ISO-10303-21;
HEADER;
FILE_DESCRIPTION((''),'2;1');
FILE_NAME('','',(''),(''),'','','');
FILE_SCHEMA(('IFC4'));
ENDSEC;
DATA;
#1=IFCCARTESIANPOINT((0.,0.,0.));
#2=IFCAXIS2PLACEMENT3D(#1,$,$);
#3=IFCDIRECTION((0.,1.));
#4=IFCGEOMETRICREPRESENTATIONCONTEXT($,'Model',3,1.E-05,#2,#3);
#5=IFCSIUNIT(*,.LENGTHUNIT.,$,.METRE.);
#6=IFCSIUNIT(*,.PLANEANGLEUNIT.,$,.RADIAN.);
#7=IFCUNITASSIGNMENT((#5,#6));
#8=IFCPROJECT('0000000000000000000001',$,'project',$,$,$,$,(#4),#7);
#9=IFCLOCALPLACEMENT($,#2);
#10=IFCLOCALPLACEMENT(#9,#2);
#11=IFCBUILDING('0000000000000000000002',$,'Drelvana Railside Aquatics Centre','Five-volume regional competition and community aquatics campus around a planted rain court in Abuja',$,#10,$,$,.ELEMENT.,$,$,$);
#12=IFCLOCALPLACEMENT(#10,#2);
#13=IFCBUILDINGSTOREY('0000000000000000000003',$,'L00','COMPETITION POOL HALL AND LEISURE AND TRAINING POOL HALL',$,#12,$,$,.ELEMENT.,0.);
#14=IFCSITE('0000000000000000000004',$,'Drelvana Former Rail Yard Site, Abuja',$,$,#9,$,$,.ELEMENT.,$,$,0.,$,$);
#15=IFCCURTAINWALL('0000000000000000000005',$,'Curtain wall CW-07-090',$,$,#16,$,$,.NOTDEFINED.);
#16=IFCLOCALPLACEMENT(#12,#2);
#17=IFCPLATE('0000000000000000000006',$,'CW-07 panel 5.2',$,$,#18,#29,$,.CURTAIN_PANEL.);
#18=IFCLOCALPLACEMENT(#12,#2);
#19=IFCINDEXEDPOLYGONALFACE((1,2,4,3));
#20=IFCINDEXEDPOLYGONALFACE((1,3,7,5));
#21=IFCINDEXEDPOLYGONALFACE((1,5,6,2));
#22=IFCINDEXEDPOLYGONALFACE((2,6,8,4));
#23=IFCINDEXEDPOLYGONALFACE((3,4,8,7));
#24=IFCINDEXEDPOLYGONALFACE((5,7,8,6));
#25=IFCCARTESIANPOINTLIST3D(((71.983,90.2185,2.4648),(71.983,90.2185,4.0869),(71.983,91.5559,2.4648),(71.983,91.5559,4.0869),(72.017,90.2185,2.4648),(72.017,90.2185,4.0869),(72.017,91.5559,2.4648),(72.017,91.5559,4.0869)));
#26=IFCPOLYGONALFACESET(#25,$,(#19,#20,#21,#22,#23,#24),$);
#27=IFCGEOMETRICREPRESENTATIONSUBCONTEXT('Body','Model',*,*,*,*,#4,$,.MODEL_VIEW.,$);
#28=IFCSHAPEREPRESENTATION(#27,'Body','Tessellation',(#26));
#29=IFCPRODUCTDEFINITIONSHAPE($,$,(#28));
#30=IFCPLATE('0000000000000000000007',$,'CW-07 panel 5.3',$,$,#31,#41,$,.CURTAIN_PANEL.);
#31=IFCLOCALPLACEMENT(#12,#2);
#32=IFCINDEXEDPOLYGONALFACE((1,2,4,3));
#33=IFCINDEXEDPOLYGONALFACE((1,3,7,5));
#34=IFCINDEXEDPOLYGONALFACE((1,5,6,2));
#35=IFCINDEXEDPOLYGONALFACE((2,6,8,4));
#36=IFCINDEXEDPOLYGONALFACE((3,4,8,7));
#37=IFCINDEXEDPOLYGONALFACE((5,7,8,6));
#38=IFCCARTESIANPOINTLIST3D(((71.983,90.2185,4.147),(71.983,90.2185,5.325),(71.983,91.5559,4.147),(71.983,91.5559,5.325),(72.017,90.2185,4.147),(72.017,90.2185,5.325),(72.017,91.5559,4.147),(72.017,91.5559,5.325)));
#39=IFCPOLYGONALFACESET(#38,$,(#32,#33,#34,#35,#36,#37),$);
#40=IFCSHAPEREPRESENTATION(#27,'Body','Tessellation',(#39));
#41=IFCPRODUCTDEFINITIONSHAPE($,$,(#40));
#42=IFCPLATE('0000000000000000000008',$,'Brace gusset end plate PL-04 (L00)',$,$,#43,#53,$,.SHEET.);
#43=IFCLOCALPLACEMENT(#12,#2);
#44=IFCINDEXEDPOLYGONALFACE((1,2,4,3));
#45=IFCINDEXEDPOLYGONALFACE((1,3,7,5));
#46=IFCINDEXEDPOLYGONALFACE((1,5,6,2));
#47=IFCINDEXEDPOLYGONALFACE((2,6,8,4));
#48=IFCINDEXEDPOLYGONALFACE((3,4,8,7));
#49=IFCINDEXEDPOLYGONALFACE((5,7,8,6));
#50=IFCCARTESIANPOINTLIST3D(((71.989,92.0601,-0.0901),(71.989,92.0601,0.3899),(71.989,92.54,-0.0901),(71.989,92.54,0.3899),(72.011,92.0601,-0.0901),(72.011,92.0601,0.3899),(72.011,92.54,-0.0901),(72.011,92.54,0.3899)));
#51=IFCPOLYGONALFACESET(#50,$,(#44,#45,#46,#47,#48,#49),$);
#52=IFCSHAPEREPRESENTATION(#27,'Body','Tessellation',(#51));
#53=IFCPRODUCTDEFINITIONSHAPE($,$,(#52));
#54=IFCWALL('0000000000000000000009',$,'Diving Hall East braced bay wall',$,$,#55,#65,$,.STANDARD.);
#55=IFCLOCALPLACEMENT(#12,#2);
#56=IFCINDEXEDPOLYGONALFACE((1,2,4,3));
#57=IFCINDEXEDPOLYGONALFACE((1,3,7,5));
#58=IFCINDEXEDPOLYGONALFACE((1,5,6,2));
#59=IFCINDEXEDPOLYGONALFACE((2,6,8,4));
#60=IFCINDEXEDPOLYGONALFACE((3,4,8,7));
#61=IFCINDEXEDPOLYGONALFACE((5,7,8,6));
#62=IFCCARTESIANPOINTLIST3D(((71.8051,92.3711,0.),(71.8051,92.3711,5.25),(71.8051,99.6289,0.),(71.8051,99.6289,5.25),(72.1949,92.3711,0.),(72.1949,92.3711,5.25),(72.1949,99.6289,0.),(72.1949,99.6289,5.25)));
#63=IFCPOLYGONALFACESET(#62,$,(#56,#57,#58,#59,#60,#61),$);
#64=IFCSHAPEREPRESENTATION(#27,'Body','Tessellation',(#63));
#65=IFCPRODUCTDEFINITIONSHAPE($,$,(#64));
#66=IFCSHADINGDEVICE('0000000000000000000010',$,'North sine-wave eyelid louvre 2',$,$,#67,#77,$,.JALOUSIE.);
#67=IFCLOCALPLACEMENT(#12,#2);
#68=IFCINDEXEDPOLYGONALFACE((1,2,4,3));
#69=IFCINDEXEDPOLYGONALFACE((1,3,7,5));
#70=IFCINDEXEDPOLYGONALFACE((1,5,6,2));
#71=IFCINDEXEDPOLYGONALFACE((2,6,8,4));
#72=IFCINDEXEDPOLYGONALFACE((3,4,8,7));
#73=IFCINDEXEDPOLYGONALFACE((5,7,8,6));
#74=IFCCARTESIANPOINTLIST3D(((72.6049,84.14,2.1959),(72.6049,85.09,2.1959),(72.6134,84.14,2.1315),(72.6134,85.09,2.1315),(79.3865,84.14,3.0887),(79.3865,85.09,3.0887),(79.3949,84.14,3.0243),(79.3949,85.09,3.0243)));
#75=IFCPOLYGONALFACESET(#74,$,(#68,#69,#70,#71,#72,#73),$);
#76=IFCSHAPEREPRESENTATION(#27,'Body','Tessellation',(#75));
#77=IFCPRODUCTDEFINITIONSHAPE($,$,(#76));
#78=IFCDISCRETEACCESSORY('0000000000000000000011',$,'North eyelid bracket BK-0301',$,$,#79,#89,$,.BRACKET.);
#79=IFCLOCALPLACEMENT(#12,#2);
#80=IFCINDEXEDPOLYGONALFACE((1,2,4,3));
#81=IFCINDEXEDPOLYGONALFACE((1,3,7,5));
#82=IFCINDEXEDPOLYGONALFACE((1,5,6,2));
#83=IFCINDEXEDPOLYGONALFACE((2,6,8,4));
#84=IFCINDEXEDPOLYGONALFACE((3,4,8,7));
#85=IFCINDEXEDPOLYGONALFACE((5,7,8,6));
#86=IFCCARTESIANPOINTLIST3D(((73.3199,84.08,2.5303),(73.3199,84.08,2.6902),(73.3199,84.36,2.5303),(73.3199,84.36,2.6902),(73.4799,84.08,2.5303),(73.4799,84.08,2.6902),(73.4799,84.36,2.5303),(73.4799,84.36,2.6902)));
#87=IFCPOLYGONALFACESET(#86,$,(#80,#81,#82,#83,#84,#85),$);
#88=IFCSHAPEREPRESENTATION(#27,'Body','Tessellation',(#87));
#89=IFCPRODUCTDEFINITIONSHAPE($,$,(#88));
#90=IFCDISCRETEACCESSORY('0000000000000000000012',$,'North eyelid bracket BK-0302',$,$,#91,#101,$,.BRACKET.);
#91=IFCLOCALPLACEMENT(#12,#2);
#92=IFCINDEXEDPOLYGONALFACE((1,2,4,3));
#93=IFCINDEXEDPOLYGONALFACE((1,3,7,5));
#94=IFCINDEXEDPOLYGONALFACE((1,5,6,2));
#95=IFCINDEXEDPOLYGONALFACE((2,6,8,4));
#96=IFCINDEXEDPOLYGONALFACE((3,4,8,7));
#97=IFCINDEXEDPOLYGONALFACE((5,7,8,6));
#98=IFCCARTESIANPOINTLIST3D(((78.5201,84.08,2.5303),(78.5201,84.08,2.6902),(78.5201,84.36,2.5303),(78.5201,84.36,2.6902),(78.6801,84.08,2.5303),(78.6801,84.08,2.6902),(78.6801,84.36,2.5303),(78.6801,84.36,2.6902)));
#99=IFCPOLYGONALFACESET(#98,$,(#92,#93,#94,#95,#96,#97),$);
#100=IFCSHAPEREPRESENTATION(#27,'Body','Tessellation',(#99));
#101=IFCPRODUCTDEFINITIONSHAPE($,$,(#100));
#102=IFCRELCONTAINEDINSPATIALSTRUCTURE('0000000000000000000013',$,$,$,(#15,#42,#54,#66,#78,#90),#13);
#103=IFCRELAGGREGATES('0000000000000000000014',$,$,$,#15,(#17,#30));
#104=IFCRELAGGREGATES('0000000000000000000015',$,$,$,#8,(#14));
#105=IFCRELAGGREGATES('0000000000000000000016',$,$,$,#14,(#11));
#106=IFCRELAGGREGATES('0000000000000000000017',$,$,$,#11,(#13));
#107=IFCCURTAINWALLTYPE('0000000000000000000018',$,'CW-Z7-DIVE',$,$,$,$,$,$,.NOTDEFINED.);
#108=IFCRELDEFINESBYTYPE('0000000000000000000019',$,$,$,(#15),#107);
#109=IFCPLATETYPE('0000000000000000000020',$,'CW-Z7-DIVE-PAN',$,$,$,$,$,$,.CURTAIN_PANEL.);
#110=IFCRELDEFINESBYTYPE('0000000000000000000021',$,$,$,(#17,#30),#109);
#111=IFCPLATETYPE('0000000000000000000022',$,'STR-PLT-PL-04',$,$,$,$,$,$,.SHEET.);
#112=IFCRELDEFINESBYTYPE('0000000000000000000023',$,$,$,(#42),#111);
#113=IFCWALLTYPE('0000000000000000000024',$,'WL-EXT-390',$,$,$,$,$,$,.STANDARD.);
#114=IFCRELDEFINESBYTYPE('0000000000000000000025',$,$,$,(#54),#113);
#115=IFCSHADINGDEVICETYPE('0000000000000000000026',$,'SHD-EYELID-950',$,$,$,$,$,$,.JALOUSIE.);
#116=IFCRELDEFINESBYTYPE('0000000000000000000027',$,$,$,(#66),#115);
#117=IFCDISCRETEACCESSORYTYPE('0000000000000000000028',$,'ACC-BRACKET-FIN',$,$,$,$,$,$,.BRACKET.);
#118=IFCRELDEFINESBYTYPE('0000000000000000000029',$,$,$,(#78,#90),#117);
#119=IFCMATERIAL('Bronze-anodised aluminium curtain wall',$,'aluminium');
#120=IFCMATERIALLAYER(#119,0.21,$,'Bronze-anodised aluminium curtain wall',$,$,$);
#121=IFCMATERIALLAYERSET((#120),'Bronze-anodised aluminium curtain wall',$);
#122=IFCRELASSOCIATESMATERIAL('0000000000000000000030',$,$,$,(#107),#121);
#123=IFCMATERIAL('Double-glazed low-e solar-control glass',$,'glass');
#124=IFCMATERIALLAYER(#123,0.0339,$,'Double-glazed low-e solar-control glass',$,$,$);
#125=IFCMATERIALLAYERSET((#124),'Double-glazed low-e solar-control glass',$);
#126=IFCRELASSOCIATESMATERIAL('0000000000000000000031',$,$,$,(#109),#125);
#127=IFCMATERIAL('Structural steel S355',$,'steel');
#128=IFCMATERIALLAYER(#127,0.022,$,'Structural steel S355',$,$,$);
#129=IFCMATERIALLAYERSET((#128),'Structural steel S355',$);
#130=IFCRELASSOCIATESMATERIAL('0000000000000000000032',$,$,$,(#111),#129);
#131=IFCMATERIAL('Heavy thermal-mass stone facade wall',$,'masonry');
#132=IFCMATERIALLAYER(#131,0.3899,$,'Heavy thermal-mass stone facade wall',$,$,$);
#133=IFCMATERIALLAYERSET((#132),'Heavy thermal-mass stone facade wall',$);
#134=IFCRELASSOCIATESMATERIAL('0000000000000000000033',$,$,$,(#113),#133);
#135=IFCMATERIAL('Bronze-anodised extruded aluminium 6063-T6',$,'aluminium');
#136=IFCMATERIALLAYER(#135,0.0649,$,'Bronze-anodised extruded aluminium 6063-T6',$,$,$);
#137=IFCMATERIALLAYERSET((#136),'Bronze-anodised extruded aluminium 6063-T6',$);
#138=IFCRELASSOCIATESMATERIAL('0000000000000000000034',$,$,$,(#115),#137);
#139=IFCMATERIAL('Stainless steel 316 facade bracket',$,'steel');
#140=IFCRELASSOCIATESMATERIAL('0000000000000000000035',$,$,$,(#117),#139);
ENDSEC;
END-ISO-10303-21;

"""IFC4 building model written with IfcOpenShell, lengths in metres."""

from ifc_helpers import new_model, si_unit, direction, frame, frame_2d, origin, origin_2d, place, context, subcontext, project, spatial, rectangle, extrude, material, layer, layer_set, type_object, element, aggregate, save


model = new_model("IFC4")

# Units and contexts
model_context = context("Model", 3, precision=1e-05, world=origin(), true_north=direction((0.0, 1.0)))
body_context = subcontext(model_context, "Body", "Model", "MODEL_VIEW")
ifc_project = project(units=[si_unit("LENGTHUNIT", "METRE"), si_unit("PLANEANGLEUNIT", "RADIAN")], contexts=[model_context])

# Site, building, storey
site_placement = place(None, origin())
site = spatial("IfcSite", under=ifc_project, at=site_placement, Name="Drelvana Former Rail Yard Site, Abuja", CompositionType="ELEMENT", RefElevation=0.0)
building_placement = place(site_placement, origin())
building = spatial("IfcBuilding", under=site, at=building_placement, Name="Drelvana Railside Aquatics Centre", Description="Five-volume regional competition and community aquatics campus around a planted rain court in Abuja", CompositionType="ELEMENT")
storey_placement = place(building_placement, origin())
storey = spatial("IfcBuildingStorey", under=building, at=storey_placement, Name="L00", Description="COMPETITION POOL HALL AND LEISURE AND TRAINING POOL HALL", CompositionType="ELEMENT", Elevation=0.0)

# Shared definitions
ifc_material_1 = material(Name="Bronze-anodised aluminium curtain wall", Category="aluminium")

# Curtain wall
ifc_layer_1 = layer(ifc_material_1, 0.21, Name="Bronze-anodised aluminium curtain wall")
ifc_layer_set_1 = layer_set([ifc_layer_1], Name="Bronze-anodised aluminium curtain wall")
curtain_wall_type_1 = type_object("IfcCurtainWallType", Name="CW-Z7-DIVE", PredefinedType="NOTDEFINED", material=ifc_layer_set_1)
curtain_wall_1_placement = place(storey_placement, origin())
curtain_wall_1 = element("IfcCurtainWall", 1, at=curtain_wall_1_placement, inside=storey, type_object=curtain_wall_type_1, Name="Curtain wall CW-07-090", PredefinedType="NOTDEFINED")

# Shared definitions
ifc_material_2 = material(Name="Structural steel S355", Category="steel")

# Plates
ifc_material_3 = material(Name="Double-glazed low-e solar-control glass", Category="glass")
ifc_layer_2 = layer(ifc_material_3, 0.0339, Name="Double-glazed low-e solar-control glass")
ifc_layer_set_2 = layer_set([ifc_layer_2], Name="Double-glazed low-e solar-control glass")
plate_type_1 = type_object("IfcPlateType", Name="CW-Z7-DIVE-PAN", PredefinedType="CURTAIN_PANEL", material=ifc_layer_set_2)
plate_1_placement = place(storey_placement, frame((72.0, 90.8872, 2.4648), z_axis=(0.0, 0.0, 1.0), x_axis=(0.0, 1.0, 0.0)))
plate_1 = element("IfcPlate", 2, at=plate_1_placement, type_object=plate_type_1, Name="CW-07 panel 5.2", PredefinedType="CURTAIN_PANEL", context=body_context, shape_type="SweptSolid", body=[
    extrude(rectangle(XDim=1.3374, YDim=0.0339, at=origin_2d()), origin(), (0.0, 0.0, 1.0), 1.6221),
])
plate_2_placement = place(storey_placement, frame((72.0, 90.8872, 4.147), z_axis=(0.0, 0.0, 1.0), x_axis=(0.0, 1.0, 0.0)))
plate_2 = element("IfcPlate", 3, at=plate_2_placement, type_object=plate_type_1, Name="CW-07 panel 5.3", PredefinedType="CURTAIN_PANEL", context=body_context, shape_type="SweptSolid", body=[
    extrude(rectangle(XDim=1.3374, YDim=0.0339, at=origin_2d()), origin(), (0.0, 0.0, 1.0), 1.178),
])
aggregate(curtain_wall_1, [plate_1, plate_2])
ifc_layer_3 = layer(ifc_material_2, 0.022, Name="Structural steel S355")
ifc_layer_set_3 = layer_set([ifc_layer_3], Name="Structural steel S355")
plate_type_2 = type_object("IfcPlateType", Name="STR-PLT-PL-04", PredefinedType="SHEET", material=ifc_layer_set_3)
plate_3_placement = place(storey_placement, frame((72.0, 92.3, -0.0901), z_axis=(0.0, 0.0, 1.0), x_axis=(1.0, 0.0, 0.0)))
element("IfcPlate", 4, at=plate_3_placement, inside=storey, type_object=plate_type_2, Name="Brace gusset end plate PL-04 (L00)", PredefinedType="SHEET", context=body_context, shape_type="SweptSolid", body=[
    extrude(rectangle(XDim=0.022, YDim=0.48, at=origin_2d()), origin(), (0.0, 0.0, 1.0), 0.48),
])

# Wall
ifc_material_4 = material(Name="Heavy thermal-mass stone facade wall", Category="masonry")
ifc_layer_4 = layer(ifc_material_4, 0.3899, Name="Heavy thermal-mass stone facade wall")
ifc_layer_set_4 = layer_set([ifc_layer_4], Name="Heavy thermal-mass stone facade wall")
wall_type = type_object("IfcWallType", Name="WL-EXT-390", PredefinedType="STANDARD", material=ifc_layer_set_4)
wall_placement = place(storey_placement, frame((72.0, 92.3711, 0.0), z_axis=(0.0, 0.0, 1.0), x_axis=(0.0, 1.0, 0.0)))
element("IfcWall", 5, at=wall_placement, inside=storey, type_object=wall_type, Name="Diving Hall East braced bay wall", PredefinedType="STANDARD", context=body_context, shape_type="SweptSolid", body=[
    extrude(rectangle(XDim=7.2578, YDim=0.3899, at=frame_2d((3.6289, 0.0))), origin(), (0.0, 0.0, 1.0), 5.25),
])

# Shading device
ifc_material_5 = material(Name="Bronze-anodised extruded aluminium 6063-T6", Category="aluminium")
ifc_layer_5 = layer(ifc_material_5, 0.0649, Name="Bronze-anodised extruded aluminium 6063-T6")
ifc_layer_set_5 = layer_set([ifc_layer_5], Name="Bronze-anodised extruded aluminium 6063-T6")
shading_device_type = type_object("IfcShadingDeviceType", Name="SHD-EYELID-950", PredefinedType="JALOUSIE", material=ifc_layer_set_5)
shading_device_placement = place(storey_placement, frame((76.0042, 84.615, 2.5779), z_axis=(-0.130526, 0.0, 0.991445), x_axis=(0.0, 1.0, 0.0)))
element("IfcShadingDevice", 6, at=shading_device_placement, inside=storey, type_object=shading_device_type, Name="North sine-wave eyelid louvre 2", PredefinedType="JALOUSIE", context=body_context, shape_type="SweptSolid", body=[
    extrude(rectangle(XDim=0.95, YDim=6.8401, at=origin_2d()), origin(), (0.0, 0.0, 1.0), 0.0649),
])

# Discrete accessories
ifc_material_6 = material(Name="Stainless steel 316 facade bracket", Category="steel")
discrete_accessory_type = type_object("IfcDiscreteAccessoryType", Name="ACC-BRACKET-FIN", PredefinedType="BRACKET", material=ifc_material_6)
for number, where, z_axis, x_axis, name in (
    (7, (73.3999, 84.22, 2.5303), (0.0, 0.0, 1.0), (1.0, 0.0, 0.0), "North eyelid bracket BK-0301"),
    (8, (78.6001, 84.22, 2.5303), (0.0, 0.0, 1.0), (1.0, 0.0, 0.0), "North eyelid bracket BK-0302"),
):
    element("IfcDiscreteAccessory", number, at=place(storey_placement, frame(where, z_axis=z_axis, x_axis=x_axis)), inside=storey, type_object=discrete_accessory_type, Name=name, PredefinedType="BRACKET", context=body_context, shape_type="SweptSolid", body=[
        extrude(rectangle(XDim=0.1599, YDim=0.28, at=origin_2d()), origin(), (0.0, 0.0, 1.0), 0.1599),
    ])

save(model, "model.ifc")
